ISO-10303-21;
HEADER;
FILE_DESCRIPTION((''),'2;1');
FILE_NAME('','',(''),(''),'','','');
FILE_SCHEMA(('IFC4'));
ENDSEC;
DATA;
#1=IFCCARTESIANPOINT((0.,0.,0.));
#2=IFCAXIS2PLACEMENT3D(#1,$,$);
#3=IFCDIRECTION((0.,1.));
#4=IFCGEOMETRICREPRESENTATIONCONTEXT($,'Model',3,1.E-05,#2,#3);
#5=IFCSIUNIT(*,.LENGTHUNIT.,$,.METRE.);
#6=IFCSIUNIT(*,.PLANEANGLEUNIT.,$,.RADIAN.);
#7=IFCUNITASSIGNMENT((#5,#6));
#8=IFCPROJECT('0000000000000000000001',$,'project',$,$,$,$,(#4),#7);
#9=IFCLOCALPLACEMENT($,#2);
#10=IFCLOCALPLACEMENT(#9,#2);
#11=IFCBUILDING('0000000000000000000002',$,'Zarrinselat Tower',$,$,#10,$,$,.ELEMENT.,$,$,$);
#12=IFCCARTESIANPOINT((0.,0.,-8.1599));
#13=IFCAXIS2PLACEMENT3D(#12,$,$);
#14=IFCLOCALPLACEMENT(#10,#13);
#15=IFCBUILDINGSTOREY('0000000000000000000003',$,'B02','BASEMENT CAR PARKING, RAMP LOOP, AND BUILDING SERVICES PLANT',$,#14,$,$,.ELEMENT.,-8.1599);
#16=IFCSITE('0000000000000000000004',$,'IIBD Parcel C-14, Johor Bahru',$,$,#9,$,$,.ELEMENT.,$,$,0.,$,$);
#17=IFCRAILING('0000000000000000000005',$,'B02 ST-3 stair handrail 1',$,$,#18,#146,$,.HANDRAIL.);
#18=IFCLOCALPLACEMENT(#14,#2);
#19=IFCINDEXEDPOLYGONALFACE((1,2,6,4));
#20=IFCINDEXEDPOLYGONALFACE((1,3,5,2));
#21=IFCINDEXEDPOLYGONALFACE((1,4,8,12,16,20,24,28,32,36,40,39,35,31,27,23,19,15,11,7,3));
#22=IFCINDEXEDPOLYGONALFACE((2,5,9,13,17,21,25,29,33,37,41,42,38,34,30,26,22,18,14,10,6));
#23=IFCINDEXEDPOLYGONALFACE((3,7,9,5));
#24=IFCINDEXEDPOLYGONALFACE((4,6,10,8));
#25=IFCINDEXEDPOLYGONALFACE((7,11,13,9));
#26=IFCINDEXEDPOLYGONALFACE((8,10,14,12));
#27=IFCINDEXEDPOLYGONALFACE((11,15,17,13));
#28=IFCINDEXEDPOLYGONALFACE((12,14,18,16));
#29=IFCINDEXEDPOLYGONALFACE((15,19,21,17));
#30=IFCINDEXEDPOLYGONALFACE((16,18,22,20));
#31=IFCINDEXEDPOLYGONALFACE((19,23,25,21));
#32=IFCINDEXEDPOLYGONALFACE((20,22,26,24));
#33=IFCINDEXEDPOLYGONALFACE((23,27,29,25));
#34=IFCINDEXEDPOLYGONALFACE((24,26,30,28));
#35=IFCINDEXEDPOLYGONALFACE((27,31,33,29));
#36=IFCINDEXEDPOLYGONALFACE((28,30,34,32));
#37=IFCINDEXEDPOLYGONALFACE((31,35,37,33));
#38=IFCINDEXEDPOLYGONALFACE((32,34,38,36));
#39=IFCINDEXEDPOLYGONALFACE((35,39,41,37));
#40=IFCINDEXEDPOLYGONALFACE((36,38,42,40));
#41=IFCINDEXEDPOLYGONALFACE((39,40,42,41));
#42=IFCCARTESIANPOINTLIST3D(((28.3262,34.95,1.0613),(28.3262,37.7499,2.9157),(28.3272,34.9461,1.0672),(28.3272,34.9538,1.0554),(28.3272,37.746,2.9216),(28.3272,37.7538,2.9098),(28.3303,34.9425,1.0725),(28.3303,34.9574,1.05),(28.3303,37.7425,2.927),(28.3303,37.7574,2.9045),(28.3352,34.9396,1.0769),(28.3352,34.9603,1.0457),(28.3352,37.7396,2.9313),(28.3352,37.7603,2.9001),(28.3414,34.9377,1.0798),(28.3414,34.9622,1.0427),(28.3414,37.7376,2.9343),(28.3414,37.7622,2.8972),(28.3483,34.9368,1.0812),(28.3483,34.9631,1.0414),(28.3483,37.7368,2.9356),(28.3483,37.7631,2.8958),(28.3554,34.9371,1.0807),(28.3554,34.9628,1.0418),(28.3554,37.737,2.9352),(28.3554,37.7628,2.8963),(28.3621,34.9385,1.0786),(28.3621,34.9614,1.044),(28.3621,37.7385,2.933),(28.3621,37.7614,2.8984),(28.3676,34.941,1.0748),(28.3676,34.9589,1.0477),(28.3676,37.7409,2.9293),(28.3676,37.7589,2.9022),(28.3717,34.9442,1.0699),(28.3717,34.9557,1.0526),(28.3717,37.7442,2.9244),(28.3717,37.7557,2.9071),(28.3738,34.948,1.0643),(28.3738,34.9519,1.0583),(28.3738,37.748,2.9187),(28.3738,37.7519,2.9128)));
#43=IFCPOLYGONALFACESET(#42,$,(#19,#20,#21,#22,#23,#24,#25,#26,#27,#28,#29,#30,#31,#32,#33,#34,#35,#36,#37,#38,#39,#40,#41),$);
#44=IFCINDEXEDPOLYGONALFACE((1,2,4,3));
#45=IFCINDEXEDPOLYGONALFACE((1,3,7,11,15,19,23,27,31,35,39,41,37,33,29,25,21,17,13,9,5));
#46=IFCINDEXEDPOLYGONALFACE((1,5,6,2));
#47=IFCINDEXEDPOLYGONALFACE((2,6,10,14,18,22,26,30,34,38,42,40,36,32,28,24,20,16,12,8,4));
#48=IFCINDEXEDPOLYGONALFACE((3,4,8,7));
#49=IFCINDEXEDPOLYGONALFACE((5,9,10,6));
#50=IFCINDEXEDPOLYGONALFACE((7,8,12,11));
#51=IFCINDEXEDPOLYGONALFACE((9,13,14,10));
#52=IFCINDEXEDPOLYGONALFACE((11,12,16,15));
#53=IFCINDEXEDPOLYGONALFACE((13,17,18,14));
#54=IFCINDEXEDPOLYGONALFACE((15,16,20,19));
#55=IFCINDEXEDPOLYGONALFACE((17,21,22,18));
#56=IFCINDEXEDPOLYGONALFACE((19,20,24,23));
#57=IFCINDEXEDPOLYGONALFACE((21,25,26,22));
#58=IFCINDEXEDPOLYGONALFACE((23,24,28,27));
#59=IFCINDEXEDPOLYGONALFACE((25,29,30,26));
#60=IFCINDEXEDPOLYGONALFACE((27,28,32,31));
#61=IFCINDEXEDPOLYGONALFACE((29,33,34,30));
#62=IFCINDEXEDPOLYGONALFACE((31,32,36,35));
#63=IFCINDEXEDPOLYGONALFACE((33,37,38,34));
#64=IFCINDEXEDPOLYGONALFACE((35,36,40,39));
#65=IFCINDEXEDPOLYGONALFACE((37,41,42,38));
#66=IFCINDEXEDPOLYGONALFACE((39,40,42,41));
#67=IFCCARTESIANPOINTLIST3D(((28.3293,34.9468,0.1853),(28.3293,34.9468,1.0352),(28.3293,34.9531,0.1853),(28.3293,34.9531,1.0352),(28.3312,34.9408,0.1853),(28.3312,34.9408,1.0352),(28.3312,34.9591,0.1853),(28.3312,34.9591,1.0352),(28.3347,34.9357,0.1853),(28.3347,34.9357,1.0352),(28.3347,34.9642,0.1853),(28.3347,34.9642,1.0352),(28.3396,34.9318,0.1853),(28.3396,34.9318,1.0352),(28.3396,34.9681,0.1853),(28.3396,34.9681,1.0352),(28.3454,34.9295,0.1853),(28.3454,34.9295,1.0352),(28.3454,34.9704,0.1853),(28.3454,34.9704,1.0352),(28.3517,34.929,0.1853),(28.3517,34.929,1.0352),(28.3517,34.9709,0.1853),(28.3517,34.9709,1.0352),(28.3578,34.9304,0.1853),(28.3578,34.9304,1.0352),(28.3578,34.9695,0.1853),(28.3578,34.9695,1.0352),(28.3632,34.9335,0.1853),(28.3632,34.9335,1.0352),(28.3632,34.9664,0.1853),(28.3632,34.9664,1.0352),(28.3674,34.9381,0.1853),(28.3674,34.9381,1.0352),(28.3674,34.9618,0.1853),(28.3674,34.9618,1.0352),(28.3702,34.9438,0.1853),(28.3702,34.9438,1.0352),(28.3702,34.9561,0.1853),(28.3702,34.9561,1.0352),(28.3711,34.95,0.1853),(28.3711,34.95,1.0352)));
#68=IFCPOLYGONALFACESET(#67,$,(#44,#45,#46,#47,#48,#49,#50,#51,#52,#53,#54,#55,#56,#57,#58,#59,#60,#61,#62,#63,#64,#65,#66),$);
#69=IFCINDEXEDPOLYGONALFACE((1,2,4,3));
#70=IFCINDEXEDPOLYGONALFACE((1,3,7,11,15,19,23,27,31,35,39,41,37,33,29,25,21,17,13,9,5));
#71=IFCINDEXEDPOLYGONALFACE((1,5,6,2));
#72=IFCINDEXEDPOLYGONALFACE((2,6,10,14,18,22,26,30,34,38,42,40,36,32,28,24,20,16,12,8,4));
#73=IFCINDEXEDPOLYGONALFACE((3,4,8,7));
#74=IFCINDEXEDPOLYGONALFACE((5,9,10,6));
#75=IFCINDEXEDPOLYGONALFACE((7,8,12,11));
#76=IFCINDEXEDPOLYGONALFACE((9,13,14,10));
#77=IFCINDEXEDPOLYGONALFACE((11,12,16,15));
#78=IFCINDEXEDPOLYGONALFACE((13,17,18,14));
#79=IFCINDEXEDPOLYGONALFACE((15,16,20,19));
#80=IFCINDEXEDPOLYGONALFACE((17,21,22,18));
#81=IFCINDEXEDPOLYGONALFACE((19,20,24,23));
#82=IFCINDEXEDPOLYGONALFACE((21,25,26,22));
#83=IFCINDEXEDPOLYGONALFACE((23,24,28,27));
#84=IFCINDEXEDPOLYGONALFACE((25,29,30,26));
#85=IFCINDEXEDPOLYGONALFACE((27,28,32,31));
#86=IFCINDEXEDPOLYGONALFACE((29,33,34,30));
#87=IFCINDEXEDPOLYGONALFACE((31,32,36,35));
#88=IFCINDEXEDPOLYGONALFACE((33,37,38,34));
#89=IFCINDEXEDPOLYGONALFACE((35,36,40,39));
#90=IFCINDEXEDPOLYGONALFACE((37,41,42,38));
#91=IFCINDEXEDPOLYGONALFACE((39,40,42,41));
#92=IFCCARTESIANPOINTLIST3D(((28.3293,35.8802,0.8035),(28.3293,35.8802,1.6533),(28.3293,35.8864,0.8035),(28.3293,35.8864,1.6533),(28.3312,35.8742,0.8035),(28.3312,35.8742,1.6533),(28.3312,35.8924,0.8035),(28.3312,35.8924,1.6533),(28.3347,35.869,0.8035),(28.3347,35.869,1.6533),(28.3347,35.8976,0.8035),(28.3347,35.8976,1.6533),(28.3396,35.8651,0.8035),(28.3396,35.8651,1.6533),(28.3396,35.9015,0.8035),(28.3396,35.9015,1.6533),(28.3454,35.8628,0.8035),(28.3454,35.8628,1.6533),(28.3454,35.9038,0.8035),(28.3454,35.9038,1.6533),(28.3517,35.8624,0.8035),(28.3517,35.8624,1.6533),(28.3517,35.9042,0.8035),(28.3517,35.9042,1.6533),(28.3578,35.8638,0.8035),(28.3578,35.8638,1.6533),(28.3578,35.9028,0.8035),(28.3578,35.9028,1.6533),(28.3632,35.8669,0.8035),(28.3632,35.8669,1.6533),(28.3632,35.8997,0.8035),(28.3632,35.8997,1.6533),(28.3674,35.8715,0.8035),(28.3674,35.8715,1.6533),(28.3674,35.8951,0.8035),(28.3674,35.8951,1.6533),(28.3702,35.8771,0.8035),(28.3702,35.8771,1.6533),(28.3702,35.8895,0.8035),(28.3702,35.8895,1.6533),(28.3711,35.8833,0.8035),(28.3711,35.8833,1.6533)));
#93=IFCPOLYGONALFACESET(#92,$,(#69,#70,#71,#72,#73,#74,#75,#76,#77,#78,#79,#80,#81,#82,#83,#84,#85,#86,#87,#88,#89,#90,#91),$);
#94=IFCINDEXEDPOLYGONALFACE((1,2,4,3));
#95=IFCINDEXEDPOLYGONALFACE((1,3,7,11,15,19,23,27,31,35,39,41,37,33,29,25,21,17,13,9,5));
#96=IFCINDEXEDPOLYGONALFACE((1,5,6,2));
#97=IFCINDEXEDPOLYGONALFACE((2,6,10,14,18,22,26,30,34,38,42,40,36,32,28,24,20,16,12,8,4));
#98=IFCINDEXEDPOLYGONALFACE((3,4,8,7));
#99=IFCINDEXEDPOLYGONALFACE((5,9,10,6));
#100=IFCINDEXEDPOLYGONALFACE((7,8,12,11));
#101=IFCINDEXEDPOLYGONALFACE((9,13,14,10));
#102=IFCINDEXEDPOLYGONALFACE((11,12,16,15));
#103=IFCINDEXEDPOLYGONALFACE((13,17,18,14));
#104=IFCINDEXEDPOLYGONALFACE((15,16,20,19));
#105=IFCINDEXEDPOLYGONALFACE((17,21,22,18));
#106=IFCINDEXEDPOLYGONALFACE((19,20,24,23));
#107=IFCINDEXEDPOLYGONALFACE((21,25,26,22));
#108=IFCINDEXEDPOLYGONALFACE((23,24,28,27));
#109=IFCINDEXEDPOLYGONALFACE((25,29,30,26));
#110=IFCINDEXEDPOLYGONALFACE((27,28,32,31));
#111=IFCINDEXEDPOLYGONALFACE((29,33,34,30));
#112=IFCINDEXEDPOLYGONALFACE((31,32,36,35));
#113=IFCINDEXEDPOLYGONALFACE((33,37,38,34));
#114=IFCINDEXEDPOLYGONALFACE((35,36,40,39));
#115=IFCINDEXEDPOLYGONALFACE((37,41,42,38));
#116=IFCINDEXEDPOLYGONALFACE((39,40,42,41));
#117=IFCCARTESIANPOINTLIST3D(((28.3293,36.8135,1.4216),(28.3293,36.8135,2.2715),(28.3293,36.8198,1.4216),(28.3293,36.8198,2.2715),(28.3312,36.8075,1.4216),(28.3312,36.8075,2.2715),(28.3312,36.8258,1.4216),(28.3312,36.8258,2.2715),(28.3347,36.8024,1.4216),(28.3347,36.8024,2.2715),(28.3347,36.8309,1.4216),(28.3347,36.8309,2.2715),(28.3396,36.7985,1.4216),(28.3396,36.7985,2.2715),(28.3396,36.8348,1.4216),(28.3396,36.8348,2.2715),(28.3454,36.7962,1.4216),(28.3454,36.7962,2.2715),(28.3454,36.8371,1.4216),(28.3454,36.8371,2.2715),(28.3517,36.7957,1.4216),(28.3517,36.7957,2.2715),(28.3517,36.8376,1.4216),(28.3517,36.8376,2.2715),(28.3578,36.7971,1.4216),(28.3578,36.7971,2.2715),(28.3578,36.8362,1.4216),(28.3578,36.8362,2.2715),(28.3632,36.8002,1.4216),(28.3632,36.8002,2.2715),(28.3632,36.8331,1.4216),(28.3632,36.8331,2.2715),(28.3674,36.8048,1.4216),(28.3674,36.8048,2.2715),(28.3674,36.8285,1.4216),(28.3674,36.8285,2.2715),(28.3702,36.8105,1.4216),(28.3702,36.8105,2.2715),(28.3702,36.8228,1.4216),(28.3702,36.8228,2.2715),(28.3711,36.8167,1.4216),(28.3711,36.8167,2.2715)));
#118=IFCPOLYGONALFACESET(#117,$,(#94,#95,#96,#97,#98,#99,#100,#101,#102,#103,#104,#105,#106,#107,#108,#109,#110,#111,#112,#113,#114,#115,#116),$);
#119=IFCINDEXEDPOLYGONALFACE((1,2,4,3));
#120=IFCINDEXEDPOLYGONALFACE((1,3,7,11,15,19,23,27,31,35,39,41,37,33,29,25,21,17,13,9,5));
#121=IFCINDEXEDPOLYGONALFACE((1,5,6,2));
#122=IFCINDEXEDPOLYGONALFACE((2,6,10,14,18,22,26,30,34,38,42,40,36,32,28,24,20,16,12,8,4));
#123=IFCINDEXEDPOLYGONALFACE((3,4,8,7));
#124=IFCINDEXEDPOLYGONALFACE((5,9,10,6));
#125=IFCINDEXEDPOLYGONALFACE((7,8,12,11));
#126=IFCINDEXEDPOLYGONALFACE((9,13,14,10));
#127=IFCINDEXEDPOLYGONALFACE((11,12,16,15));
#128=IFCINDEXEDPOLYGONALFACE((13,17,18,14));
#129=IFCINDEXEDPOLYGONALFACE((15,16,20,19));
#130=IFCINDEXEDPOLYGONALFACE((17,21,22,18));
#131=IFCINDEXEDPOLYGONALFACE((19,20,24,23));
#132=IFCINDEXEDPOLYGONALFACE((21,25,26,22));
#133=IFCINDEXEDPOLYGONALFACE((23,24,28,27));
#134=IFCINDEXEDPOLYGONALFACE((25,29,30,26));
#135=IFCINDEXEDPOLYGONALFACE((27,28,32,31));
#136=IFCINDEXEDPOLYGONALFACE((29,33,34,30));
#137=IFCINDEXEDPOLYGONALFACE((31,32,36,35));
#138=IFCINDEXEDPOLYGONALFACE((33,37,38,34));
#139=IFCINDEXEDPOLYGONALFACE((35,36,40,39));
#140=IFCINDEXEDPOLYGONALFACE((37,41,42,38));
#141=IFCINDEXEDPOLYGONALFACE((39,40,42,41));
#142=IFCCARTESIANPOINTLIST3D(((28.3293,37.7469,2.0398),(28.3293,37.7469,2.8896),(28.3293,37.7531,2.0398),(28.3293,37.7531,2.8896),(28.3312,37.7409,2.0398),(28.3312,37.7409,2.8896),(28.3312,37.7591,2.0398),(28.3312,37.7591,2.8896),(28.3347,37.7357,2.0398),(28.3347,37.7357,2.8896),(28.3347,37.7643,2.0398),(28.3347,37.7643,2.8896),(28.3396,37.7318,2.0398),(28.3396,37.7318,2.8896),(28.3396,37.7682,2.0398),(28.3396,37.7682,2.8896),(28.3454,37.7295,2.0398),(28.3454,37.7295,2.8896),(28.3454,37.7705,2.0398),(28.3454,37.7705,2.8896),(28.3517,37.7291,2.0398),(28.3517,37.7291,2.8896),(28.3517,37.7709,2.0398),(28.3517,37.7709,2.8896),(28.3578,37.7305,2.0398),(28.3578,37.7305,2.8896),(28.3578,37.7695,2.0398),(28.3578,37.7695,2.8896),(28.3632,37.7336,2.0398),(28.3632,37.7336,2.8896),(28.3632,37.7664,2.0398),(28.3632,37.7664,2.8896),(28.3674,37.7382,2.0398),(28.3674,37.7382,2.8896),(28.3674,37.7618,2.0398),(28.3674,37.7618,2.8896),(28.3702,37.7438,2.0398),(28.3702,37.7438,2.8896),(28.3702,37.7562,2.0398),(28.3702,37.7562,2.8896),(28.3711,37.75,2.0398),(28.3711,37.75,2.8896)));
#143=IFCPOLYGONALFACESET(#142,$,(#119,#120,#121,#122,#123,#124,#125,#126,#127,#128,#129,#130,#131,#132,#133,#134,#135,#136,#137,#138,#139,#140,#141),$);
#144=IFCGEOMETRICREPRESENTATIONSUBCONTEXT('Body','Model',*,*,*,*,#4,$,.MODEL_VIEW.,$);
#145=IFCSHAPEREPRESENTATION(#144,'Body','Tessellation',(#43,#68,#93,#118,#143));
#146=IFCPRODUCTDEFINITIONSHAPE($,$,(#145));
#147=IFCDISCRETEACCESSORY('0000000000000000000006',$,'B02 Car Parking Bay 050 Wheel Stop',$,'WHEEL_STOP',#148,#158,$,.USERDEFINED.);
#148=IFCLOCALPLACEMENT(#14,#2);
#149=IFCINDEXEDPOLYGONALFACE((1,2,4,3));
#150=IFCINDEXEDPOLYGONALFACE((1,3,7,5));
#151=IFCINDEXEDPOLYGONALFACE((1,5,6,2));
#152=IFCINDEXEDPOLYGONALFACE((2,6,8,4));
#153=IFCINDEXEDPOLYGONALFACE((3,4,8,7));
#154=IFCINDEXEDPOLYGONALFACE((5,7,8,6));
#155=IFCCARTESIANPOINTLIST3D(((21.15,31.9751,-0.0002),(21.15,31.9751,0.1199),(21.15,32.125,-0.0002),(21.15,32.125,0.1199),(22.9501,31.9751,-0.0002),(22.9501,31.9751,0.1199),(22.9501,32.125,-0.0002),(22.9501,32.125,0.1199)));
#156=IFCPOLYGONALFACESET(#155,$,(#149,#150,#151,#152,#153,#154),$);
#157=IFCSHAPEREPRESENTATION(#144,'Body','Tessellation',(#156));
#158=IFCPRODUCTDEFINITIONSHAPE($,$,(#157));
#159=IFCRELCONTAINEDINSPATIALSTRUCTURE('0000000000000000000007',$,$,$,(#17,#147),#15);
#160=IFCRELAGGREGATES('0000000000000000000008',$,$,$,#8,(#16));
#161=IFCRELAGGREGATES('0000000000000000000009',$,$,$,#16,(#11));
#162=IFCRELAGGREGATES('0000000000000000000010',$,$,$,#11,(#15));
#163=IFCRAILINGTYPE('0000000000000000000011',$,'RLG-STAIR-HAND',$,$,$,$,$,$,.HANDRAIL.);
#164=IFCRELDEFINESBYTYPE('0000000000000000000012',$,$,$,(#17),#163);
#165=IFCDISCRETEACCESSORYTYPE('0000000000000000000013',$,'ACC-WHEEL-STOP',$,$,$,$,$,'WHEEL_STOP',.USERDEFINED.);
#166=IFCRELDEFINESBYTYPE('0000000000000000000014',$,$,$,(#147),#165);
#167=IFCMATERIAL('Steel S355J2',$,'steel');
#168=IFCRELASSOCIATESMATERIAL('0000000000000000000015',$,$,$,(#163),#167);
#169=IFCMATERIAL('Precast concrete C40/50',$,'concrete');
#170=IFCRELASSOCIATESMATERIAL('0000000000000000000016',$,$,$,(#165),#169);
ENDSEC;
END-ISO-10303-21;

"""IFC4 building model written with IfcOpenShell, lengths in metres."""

from ifc_helpers import new_model, si_unit, direction, frame, origin, origin_2d, place, context, subcontext, project, spatial, rectangle, circle, extrude, material, type_object, element, save


model = new_model("IFC4")

# Units and contexts
model_context = context("Model", 3, precision=1e-05, world=origin(), true_north=direction((0.0, 1.0)))
body_context = subcontext(model_context, "Body", "Model", "MODEL_VIEW")
ifc_project = project(units=[si_unit("LENGTHUNIT", "METRE"), si_unit("PLANEANGLEUNIT", "RADIAN")], contexts=[model_context])

# Site, building, storey
site_placement = place(None, origin())
site = spatial("IfcSite", under=ifc_project, at=site_placement, Name="IIBD Parcel C-14, Johor Bahru", CompositionType="ELEMENT", RefElevation=0.0)
building_placement = place(site_placement, origin())
building = spatial("IfcBuilding", under=site, at=building_placement, Name="Zarrinselat Tower", CompositionType="ELEMENT")
storey_placement = place(building_placement, frame((0.0, 0.0, -8.1599)))
storey = spatial("IfcBuildingStorey", under=building, at=storey_placement, Name="B02", Description="BASEMENT CAR PARKING, RAMP LOOP, AND BUILDING SERVICES PLANT", CompositionType="ELEMENT", Elevation=-8.1599)

# Railing
ifc_material_1 = material(Name="Steel S355J2", Category="steel")
railing_type_1 = type_object("IfcRailingType", Name="RLG-STAIR-HAND", PredefinedType="HANDRAIL", material=ifc_material_1)
railing_1_placement = place(storey_placement, frame((28.3501, 34.95, 0.1853)))
element("IfcRailing", 1, at=railing_1_placement, inside=storey, type_object=railing_type_1, Name="B02 ST-3 stair handrail 1", PredefinedType="HANDRAIL", context=body_context, shape_type="SweptSolid", body=[
    extrude(circle(Radius=0.0239, at=origin_2d()), frame((0.0, 0.0, 0.876), z_axis=(0.0, 0.833724, 0.552181), x_axis=(-1.0, 0.0, 0.0)), (0.0, 0.0, 1.0), 3.3584),
    extrude(circle(Radius=0.021, at=origin_2d()), origin(), (0.0, 0.0, 1.0), 0.8499),
    extrude(circle(Radius=0.021, at=origin_2d()), frame((0.0, 0.9333, 0.6182)), (0.0, 0.0, 1.0), 0.8499),
    extrude(circle(Radius=0.021, at=origin_2d()), frame((0.0, 1.8667, 1.2363)), (0.0, 0.0, 1.0), 0.8499),
    extrude(circle(Radius=0.021, at=origin_2d()), frame((0.0, 2.8, 1.8545)), (0.0, 0.0, 1.0), 0.8499),
])

# Discrete accessory
ifc_material_2 = material(Name="Precast concrete C40/50", Category="concrete")
discrete_accessory_type = type_object("IfcDiscreteAccessoryType", Name="ACC-WHEEL-STOP", ElementType="WHEEL_STOP", PredefinedType="USERDEFINED", material=ifc_material_2)
discrete_accessory_placement = place(storey_placement, frame((22.05, 32.05, -0.0002), z_axis=(0.0, 0.0, 1.0), x_axis=(1.0, 0.0, 0.0)))
element("IfcDiscreteAccessory", 2, at=discrete_accessory_placement, inside=storey, type_object=discrete_accessory_type, Name="B02 Car Parking Bay 050 Wheel Stop", ObjectType="WHEEL_STOP", PredefinedType="USERDEFINED", context=body_context, shape_type="SweptSolid", body=[
    extrude(rectangle(XDim=1.8, YDim=0.1499, at=origin_2d()), origin(), (0.0, 0.0, 1.0), 0.1201),
])

save(model, "model.ifc")
